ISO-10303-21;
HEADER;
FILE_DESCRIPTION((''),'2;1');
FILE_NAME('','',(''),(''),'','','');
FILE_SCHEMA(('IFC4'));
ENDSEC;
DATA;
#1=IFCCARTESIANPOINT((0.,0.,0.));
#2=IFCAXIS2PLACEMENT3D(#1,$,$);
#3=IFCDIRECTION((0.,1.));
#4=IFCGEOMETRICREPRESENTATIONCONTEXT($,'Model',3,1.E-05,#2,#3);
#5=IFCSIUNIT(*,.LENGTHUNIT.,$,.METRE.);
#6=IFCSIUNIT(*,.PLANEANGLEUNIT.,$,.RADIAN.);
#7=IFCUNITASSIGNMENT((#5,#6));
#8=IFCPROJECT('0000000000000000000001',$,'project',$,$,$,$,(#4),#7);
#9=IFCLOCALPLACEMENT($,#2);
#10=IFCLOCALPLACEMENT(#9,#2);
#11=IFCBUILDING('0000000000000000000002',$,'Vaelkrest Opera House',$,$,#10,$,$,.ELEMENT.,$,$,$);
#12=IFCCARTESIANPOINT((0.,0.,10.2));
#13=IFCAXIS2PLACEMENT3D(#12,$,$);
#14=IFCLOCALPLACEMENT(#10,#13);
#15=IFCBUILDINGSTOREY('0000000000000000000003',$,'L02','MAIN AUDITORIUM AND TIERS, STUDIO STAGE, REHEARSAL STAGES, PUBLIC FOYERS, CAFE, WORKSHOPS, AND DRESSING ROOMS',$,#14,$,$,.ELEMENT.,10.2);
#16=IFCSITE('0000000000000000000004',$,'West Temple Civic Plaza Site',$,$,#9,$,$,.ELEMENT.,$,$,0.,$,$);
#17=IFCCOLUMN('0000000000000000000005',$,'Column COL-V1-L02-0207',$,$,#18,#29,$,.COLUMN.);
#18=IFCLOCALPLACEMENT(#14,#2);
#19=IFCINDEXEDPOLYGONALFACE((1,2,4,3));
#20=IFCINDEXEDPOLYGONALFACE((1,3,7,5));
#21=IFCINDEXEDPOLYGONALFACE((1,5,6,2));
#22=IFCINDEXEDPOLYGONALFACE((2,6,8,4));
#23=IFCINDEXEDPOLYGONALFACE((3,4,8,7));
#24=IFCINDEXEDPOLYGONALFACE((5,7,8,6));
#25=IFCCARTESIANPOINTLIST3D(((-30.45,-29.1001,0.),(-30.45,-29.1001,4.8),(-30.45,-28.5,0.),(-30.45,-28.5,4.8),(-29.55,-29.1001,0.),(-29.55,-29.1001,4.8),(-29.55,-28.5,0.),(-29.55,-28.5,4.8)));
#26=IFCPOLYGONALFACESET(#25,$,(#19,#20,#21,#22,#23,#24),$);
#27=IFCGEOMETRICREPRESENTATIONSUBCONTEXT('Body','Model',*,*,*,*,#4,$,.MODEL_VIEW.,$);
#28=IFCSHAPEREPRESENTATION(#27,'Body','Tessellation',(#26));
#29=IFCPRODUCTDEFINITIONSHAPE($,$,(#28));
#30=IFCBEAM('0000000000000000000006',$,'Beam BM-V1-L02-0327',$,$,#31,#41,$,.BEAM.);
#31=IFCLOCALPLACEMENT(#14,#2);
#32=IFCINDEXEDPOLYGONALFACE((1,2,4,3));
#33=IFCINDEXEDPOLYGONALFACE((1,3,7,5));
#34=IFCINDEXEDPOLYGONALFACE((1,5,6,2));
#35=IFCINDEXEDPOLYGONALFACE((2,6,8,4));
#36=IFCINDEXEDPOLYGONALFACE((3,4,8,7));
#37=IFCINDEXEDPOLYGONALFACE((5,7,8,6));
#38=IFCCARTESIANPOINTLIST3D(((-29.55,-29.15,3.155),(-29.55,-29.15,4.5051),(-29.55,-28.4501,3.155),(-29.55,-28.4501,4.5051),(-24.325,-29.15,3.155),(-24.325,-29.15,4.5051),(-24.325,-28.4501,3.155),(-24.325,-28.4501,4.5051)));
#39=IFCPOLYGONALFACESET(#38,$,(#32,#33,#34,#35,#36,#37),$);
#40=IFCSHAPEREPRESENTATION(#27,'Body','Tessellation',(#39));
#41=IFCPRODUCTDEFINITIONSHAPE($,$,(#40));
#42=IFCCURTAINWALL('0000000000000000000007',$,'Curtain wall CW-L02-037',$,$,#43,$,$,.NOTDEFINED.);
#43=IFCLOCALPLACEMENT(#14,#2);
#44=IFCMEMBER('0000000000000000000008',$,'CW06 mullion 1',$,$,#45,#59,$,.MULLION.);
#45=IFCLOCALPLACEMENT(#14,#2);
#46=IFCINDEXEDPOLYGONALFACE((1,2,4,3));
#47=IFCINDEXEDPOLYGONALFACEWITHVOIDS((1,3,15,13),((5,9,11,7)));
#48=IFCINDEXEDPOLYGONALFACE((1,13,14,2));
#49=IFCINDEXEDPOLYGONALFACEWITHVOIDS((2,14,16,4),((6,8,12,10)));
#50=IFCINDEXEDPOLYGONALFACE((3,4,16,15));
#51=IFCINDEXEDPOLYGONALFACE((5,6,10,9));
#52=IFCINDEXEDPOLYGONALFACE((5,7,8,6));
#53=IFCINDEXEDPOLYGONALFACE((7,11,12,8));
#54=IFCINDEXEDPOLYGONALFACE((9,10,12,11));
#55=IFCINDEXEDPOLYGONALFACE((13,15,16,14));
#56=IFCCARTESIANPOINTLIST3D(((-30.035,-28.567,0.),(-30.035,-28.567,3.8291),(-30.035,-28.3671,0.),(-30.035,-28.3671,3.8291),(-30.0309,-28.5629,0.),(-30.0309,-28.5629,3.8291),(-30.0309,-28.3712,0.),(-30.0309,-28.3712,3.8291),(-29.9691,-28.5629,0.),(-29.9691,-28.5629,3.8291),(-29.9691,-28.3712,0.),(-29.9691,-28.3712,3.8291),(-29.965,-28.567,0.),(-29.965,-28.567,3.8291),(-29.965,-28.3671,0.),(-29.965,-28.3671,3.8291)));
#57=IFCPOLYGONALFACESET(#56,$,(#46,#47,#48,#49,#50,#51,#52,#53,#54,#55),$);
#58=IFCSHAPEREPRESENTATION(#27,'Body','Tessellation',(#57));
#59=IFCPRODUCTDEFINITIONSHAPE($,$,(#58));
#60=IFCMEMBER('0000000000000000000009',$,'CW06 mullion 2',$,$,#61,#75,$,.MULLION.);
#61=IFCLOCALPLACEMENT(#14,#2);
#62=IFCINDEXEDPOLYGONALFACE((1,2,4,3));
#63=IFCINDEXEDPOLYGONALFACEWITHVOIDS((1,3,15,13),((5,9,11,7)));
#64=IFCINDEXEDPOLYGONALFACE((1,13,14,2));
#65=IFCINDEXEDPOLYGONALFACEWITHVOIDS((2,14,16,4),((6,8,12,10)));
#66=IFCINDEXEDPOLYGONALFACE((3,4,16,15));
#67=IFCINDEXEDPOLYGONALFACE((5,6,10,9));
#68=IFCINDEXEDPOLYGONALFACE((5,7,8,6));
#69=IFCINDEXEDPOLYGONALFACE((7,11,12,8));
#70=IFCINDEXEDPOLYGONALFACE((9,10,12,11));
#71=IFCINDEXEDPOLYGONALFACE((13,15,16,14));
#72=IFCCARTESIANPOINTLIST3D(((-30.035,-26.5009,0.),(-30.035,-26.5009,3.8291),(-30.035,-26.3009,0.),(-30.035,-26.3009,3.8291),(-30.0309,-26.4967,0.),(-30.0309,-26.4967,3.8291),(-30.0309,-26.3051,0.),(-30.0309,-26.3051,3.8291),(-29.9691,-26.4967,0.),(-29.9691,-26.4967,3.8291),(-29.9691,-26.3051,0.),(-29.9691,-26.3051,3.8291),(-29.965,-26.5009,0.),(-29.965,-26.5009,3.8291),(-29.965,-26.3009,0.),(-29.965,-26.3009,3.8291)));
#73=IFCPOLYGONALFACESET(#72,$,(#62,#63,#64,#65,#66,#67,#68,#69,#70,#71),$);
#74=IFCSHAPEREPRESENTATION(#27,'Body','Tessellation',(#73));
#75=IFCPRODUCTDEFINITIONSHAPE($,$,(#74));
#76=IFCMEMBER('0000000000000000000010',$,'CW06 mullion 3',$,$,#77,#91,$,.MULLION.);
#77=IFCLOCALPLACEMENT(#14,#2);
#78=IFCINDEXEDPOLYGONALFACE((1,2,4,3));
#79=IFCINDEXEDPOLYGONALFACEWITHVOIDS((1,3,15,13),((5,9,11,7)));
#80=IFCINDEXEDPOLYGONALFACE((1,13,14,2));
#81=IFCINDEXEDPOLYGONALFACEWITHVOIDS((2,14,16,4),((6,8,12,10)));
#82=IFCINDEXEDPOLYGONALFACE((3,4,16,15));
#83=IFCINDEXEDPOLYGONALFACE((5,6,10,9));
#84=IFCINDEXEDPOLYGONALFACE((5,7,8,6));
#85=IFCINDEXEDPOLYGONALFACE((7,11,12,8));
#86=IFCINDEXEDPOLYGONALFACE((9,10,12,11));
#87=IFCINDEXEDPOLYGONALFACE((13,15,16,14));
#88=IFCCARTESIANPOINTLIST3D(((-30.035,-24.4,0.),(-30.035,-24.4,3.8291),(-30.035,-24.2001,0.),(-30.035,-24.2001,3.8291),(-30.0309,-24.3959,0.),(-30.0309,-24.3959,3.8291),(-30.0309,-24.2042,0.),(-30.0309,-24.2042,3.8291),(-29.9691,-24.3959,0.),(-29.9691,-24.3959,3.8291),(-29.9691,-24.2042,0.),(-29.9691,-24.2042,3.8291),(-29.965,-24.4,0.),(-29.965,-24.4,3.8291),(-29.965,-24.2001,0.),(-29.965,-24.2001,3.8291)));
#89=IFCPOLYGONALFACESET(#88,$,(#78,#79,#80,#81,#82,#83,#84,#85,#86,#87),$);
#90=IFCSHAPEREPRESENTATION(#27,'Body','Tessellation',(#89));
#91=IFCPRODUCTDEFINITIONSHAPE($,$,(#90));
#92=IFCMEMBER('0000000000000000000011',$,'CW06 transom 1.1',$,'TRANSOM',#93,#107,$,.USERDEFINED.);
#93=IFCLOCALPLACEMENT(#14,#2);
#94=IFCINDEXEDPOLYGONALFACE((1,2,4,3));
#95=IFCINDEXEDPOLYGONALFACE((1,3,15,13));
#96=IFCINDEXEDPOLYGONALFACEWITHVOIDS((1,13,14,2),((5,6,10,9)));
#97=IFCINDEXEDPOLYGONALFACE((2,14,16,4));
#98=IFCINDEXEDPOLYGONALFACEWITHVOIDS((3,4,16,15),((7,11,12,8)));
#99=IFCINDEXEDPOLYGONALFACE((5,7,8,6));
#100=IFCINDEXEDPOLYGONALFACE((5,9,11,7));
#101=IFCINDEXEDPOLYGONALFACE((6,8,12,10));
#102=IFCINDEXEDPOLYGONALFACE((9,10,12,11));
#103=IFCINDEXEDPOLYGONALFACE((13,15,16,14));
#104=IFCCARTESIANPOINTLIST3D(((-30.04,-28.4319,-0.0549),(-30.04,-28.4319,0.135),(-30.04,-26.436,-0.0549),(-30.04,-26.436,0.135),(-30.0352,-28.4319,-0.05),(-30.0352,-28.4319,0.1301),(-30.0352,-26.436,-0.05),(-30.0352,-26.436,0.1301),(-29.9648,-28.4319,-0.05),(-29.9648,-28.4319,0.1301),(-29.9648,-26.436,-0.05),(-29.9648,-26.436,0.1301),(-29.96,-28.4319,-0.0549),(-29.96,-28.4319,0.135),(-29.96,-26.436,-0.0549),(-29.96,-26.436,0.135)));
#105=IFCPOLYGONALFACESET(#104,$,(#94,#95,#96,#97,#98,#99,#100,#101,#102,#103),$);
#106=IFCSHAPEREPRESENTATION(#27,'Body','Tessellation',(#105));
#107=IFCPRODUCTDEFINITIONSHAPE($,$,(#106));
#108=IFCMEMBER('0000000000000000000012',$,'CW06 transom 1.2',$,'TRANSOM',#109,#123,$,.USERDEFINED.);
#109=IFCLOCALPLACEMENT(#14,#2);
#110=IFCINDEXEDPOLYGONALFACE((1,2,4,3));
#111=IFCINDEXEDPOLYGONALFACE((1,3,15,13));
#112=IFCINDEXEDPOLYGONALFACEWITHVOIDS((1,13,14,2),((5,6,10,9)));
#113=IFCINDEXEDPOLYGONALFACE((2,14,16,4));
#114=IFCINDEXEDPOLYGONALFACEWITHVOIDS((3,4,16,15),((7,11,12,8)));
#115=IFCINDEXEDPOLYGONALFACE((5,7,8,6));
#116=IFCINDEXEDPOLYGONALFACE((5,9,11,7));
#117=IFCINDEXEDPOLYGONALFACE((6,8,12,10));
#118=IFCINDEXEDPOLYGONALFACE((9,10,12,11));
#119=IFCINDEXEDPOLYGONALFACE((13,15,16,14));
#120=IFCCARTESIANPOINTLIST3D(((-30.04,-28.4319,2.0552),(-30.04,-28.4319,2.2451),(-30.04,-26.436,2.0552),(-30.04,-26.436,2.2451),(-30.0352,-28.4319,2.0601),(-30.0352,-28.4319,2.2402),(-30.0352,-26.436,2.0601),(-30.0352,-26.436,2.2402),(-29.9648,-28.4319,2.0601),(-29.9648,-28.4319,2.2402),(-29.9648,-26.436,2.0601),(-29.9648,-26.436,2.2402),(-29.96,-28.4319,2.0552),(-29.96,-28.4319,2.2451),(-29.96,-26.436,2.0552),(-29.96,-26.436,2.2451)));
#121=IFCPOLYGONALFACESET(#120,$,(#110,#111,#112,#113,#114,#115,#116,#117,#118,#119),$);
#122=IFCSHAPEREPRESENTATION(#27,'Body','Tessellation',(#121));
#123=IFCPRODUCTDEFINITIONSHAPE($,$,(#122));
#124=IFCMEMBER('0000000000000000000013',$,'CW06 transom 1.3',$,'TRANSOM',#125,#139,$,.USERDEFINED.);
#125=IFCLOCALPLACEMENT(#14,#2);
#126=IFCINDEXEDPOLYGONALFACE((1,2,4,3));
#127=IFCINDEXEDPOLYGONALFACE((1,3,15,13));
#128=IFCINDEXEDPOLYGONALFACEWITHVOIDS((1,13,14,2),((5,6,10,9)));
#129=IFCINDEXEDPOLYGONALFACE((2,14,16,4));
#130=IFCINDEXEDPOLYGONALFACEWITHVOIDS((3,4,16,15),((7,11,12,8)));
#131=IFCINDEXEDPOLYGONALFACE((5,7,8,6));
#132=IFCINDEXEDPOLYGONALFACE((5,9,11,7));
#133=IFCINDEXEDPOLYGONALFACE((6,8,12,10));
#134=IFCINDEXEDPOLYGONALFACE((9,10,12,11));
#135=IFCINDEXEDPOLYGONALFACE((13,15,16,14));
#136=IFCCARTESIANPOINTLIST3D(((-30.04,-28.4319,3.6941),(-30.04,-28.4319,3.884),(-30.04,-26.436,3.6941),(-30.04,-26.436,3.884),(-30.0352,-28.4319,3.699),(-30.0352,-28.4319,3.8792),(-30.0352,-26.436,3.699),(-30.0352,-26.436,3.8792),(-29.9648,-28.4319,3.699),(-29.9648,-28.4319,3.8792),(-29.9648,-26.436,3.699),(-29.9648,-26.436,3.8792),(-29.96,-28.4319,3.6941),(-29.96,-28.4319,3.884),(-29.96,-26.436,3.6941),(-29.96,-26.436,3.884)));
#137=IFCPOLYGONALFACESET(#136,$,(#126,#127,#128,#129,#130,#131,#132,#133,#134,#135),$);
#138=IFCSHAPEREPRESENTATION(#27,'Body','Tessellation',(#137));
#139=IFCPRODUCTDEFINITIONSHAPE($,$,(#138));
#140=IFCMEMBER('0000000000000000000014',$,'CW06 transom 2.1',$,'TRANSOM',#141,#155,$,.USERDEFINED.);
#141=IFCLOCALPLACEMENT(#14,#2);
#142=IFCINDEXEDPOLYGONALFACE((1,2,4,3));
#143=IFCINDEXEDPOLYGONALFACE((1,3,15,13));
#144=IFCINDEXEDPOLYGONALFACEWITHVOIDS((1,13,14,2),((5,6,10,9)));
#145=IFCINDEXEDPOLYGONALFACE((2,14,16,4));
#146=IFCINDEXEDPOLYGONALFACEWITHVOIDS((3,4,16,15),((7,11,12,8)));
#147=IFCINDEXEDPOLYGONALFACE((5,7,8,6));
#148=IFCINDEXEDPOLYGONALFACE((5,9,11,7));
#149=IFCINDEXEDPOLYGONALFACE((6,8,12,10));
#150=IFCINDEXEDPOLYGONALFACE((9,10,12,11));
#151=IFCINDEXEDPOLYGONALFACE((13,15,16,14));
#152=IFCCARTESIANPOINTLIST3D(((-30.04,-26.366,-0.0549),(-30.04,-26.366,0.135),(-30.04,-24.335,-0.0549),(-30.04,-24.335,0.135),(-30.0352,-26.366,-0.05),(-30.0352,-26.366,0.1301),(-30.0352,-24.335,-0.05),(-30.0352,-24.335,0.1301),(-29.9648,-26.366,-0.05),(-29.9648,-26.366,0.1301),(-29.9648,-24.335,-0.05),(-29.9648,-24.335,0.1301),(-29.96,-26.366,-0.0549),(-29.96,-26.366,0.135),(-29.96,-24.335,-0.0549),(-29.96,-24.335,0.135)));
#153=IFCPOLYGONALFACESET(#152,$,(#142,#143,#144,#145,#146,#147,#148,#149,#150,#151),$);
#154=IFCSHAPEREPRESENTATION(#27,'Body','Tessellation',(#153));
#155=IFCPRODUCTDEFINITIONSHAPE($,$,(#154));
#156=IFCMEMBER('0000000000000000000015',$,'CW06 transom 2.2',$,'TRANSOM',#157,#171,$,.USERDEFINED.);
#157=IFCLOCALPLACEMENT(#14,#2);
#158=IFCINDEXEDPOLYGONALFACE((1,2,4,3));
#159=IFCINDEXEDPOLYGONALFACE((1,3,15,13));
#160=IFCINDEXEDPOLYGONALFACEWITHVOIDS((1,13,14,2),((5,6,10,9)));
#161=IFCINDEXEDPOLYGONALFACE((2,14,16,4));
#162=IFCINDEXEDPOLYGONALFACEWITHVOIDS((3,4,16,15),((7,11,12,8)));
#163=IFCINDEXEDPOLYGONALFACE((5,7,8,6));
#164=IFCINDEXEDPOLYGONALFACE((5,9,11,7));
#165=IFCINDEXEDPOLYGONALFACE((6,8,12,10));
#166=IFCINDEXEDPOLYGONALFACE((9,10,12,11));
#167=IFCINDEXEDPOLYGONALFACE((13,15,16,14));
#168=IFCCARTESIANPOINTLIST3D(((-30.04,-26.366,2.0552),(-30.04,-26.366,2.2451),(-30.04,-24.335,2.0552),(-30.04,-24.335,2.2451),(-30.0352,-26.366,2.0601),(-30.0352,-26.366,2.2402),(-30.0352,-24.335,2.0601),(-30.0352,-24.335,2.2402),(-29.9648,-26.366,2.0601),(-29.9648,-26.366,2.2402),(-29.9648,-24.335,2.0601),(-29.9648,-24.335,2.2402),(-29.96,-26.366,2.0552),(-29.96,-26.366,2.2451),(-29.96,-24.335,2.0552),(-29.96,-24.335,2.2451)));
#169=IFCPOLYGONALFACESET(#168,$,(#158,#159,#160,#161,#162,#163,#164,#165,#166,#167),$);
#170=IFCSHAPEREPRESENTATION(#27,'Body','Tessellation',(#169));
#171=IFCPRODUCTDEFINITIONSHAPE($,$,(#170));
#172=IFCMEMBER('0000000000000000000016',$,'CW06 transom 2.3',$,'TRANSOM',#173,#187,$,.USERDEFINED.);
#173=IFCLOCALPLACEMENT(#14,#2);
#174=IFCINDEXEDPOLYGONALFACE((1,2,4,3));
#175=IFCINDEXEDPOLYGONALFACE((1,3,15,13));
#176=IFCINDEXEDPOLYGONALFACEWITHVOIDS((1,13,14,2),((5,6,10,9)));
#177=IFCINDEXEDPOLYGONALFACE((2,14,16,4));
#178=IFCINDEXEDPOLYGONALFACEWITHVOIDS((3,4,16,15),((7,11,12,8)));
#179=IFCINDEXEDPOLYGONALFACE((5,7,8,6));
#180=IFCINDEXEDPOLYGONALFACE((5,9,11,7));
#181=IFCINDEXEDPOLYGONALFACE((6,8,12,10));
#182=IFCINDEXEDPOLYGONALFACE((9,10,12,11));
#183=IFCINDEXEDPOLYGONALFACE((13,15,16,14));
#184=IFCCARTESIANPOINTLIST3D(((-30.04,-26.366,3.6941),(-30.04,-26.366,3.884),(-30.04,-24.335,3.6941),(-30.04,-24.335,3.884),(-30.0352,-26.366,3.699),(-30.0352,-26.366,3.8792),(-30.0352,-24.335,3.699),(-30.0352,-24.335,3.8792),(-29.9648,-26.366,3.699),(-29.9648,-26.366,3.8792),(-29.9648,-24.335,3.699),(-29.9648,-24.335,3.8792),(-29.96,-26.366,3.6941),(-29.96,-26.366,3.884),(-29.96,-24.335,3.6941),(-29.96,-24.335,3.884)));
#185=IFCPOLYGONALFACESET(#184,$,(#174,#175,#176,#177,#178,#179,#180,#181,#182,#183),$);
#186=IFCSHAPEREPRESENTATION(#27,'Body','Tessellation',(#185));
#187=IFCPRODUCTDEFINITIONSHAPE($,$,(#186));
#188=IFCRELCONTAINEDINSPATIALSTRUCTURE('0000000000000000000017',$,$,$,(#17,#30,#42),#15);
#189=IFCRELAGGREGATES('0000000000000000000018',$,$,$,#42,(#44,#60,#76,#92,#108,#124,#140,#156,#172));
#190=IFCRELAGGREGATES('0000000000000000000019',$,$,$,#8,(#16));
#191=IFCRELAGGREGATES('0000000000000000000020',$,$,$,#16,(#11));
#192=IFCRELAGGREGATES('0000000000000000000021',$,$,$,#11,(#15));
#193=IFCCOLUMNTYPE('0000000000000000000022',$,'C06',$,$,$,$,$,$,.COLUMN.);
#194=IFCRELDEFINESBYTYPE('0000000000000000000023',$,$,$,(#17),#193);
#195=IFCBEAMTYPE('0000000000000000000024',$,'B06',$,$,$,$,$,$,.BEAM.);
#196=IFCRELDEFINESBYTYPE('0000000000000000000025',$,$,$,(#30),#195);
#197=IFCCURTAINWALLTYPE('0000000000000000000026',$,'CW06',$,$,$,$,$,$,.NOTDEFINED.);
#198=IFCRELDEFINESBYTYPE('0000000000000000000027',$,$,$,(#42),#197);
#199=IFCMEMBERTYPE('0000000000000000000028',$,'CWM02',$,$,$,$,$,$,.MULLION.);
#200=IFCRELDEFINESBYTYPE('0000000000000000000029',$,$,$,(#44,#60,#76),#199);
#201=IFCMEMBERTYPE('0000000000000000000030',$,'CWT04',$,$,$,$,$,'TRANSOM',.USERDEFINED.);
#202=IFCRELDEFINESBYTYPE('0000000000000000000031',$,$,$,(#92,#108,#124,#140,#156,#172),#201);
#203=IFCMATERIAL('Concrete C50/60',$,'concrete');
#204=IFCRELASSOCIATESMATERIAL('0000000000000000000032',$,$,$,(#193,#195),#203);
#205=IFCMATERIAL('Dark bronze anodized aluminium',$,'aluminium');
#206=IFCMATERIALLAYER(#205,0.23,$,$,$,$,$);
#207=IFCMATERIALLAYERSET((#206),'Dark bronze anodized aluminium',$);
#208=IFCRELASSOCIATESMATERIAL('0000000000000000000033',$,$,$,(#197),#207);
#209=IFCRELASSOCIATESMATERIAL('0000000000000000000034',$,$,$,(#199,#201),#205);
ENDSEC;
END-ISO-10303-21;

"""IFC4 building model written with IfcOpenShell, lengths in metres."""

from ifc_helpers import new_model, si_unit, direction, frame, origin, origin_2d, place, context, subcontext, project, spatial, rectangle, hollow_rectangle, extrude, material, layer, layer_set, material_profile, profile_set, type_object, element, aggregate, save


model = new_model("IFC4")

# Units and contexts
model_context = context("Model", 3, precision=1e-05, world=origin(), true_north=direction((0.0, 1.0)))
body_context = subcontext(model_context, "Body", "Model", "MODEL_VIEW")
ifc_project = project(units=[si_unit("LENGTHUNIT", "METRE"), si_unit("PLANEANGLEUNIT", "RADIAN")], contexts=[model_context])

# Site, building, storey
site_placement = place(None, origin())
site = spatial("IfcSite", under=ifc_project, at=site_placement, Name="West Temple Civic Plaza Site", CompositionType="ELEMENT", RefElevation=0.0)
building_placement = place(site_placement, origin())
building = spatial("IfcBuilding", under=site, at=building_placement, Name="Vaelkrest Opera House", CompositionType="ELEMENT")
storey_placement = place(building_placement, frame((0.0, 0.0, 10.2)))
storey = spatial("IfcBuildingStorey", under=building, at=storey_placement, Name="L02", Description="MAIN AUDITORIUM AND TIERS, STUDIO STAGE, REHEARSAL STAGES, PUBLIC FOYERS, CAFE, WORKSHOPS, AND DRESSING ROOMS", CompositionType="ELEMENT", Elevation=10.2)

# Column
ifc_material_1 = material(Name="Concrete C50/60", Category="concrete")
ifc_material_profile_1 = material_profile(ifc_material_1, rectangle(XDim=0.6001, YDim=0.8999, at=origin_2d()), Name="RC600X900")
ifc_profile_set_1 = profile_set([ifc_material_profile_1], Name="Concrete C50/60")
column_type = type_object("IfcColumnType", Name="C06", PredefinedType="COLUMN", material=ifc_profile_set_1)
column_placement = place(storey_placement, frame((-30.0, -28.8, 0.0), z_axis=(0.0, 0.0, 1.0), x_axis=(0.0, 1.0, 0.0)))
element("IfcColumn", 1, at=column_placement, inside=storey, type_object=column_type, Name="Column COL-V1-L02-0207", PredefinedType="COLUMN", context=body_context, shape_type="SweptSolid", body=[
    extrude(rectangle(XDim=0.6001, YDim=0.8999, at=origin_2d()), origin(), (0.0, 0.0, 1.0), 4.8),
])

# Beam
ifc_material_profile_2 = material_profile(ifc_material_1, rectangle(XDim=0.7, YDim=1.3501, at=origin_2d()), Name="RCB700X1350")
ifc_profile_set_2 = profile_set([ifc_material_profile_2], Name="Concrete C50/60")
beam_type_1 = type_object("IfcBeamType", Name="B06", PredefinedType="BEAM", material=ifc_profile_set_2)
beam_1_placement = place(storey_placement, frame((-29.55, -28.8, 3.8301), z_axis=(1.0, 0.0, 0.0), x_axis=(0.0, 1.0, 0.0)))
element("IfcBeam", 2, at=beam_1_placement, inside=storey, type_object=beam_type_1, Name="Beam BM-V1-L02-0327", PredefinedType="BEAM", context=body_context, shape_type="SweptSolid", body=[
    extrude(rectangle(XDim=0.7, YDim=1.3501, at=origin_2d()), origin(), (0.0, 0.0, 1.0), 5.2251),
])

# Curtain wall, members
ifc_material_2 = material(Name="Dark bronze anodized aluminium", Category="aluminium")
ifc_layer_1 = layer(ifc_material_2, 0.23)
ifc_layer_set_1 = layer_set([ifc_layer_1], Name="Dark bronze anodized aluminium")
curtain_wall_type = type_object("IfcCurtainWallType", Name="CW06", PredefinedType="NOTDEFINED", material=ifc_layer_set_1)
curtain_wall_placement = place(storey_placement, origin())
curtain_wall = element("IfcCurtainWall", 3, at=curtain_wall_placement, inside=storey, type_object=curtain_wall_type, Name="Curtain wall CW-L02-037", PredefinedType="NOTDEFINED")
ifc_material_profile_3 = material_profile(ifc_material_2, hollow_rectangle(XDim=0.0701, YDim=0.2, WallThickness=0.0042, at=origin_2d()), Name="CWM70X200")
ifc_profile_set_3 = profile_set([ifc_material_profile_3], Name="Dark bronze anodized aluminium")
member_type_1 = type_object("IfcMemberType", Name="CWM02", PredefinedType="MULLION", material=ifc_profile_set_3)
member_1_placement = place(storey_placement, frame((-30.0, -28.467, 0.0), z_axis=(0.0, 0.0, 1.0), x_axis=(-1.0, 0.0, 0.0)))
member_1 = element("IfcMember", 4, at=member_1_placement, type_object=member_type_1, Name="CW06 mullion 1", PredefinedType="MULLION", context=body_context, shape_type="SweptSolid", body=[
    extrude(hollow_rectangle(XDim=0.0701, YDim=0.2, WallThickness=0.0042, at=origin_2d()), origin(), (0.0, 0.0, 1.0), 3.8291),
])
member_2_placement = place(storey_placement, frame((-30.0, -26.4009, 0.0), z_axis=(0.0, 0.0, 1.0), x_axis=(-1.0, 0.0, 0.0)))
member_2 = element("IfcMember", 5, at=member_2_placement, type_object=member_type_1, Name="CW06 mullion 2", PredefinedType="MULLION", context=body_context, shape_type="SweptSolid", body=[
    extrude(hollow_rectangle(XDim=0.0701, YDim=0.2, WallThickness=0.0042, at=origin_2d()), origin(), (0.0, 0.0, 1.0), 3.8291),
])
member_3_placement = place(storey_placement, frame((-30.0, -24.3, 0.0), z_axis=(0.0, 0.0, 1.0), x_axis=(-1.0, 0.0, 0.0)))
member_3 = element("IfcMember", 6, at=member_3_placement, type_object=member_type_1, Name="CW06 mullion 3", PredefinedType="MULLION", context=body_context, shape_type="SweptSolid", body=[
    extrude(hollow_rectangle(XDim=0.0701, YDim=0.2, WallThickness=0.0042, at=origin_2d()), origin(), (0.0, 0.0, 1.0), 3.8291),
])
ifc_material_profile_4 = material_profile(ifc_material_2, hollow_rectangle(XDim=0.0801, YDim=0.1899, WallThickness=0.0049, at=origin_2d()), Name="CWT80X190")
ifc_profile_set_4 = profile_set([ifc_material_profile_4], Name="Dark bronze anodized aluminium")
member_type_2 = type_object("IfcMemberType", Name="CWT04", ElementType="TRANSOM", PredefinedType="USERDEFINED", material=ifc_profile_set_4)
member_4_placement = place(storey_placement, frame((-30.0, -28.4319, 0.04), z_axis=(0.0, 1.0, 0.0), x_axis=(-1.0, 0.0, 0.0)))
member_4 = element("IfcMember", 7, at=member_4_placement, type_object=member_type_2, Name="CW06 transom 1.1", ObjectType="TRANSOM", PredefinedType="USERDEFINED", context=body_context, shape_type="SweptSolid", body=[
    extrude(hollow_rectangle(XDim=0.0801, YDim=0.1899, WallThickness=0.0049, at=origin_2d()), origin(), (0.0, 0.0, 1.0), 1.9958),
])
member_5_placement = place(storey_placement, frame((-30.0, -28.4319, 2.1501), z_axis=(0.0, 1.0, 0.0), x_axis=(-1.0, 0.0, 0.0)))
member_5 = element("IfcMember", 8, at=member_5_placement, type_object=member_type_2, Name="CW06 transom 1.2", ObjectType="TRANSOM", PredefinedType="USERDEFINED", context=body_context, shape_type="SweptSolid", body=[
    extrude(hollow_rectangle(XDim=0.0801, YDim=0.1899, WallThickness=0.0049, at=origin_2d()), origin(), (0.0, 0.0, 1.0), 1.9958),
])
member_6_placement = place(storey_placement, frame((-30.0, -28.4319, 3.7891), z_axis=(0.0, 1.0, 0.0), x_axis=(-1.0, 0.0, 0.0)))
member_6 = element("IfcMember", 9, at=member_6_placement, type_object=member_type_2, Name="CW06 transom 1.3", ObjectType="TRANSOM", PredefinedType="USERDEFINED", context=body_context, shape_type="SweptSolid", body=[
    extrude(hollow_rectangle(XDim=0.0801, YDim=0.1899, WallThickness=0.0049, at=origin_2d()), origin(), (0.0, 0.0, 1.0), 1.9958),
])
member_7_placement = place(storey_placement, frame((-30.0, -26.366, 0.04), z_axis=(0.0, 1.0, 0.0), x_axis=(-1.0, 0.0, 0.0)))
member_7 = element("IfcMember", 10, at=member_7_placement, type_object=member_type_2, Name="CW06 transom 2.1", ObjectType="TRANSOM", PredefinedType="USERDEFINED", context=body_context, shape_type="SweptSolid", body=[
    extrude(hollow_rectangle(XDim=0.0801, YDim=0.1899, WallThickness=0.0049, at=origin_2d()), origin(), (0.0, 0.0, 1.0), 2.031),
])
member_8_placement = place(storey_placement, frame((-30.0, -26.366, 2.1501), z_axis=(0.0, 1.0, 0.0), x_axis=(-1.0, 0.0, 0.0)))
member_8 = element("IfcMember", 11, at=member_8_placement, type_object=member_type_2, Name="CW06 transom 2.2", ObjectType="TRANSOM", PredefinedType="USERDEFINED", context=body_context, shape_type="SweptSolid", body=[
    extrude(hollow_rectangle(XDim=0.0801, YDim=0.1899, WallThickness=0.0049, at=origin_2d()), origin(), (0.0, 0.0, 1.0), 2.031),
])
member_9_placement = place(storey_placement, frame((-30.0, -26.366, 3.7891), z_axis=(0.0, 1.0, 0.0), x_axis=(-1.0, 0.0, 0.0)))
member_9 = element("IfcMember", 12, at=member_9_placement, type_object=member_type_2, Name="CW06 transom 2.3", ObjectType="TRANSOM", PredefinedType="USERDEFINED", context=body_context, shape_type="SweptSolid", body=[
    extrude(hollow_rectangle(XDim=0.0801, YDim=0.1899, WallThickness=0.0049, at=origin_2d()), origin(), (0.0, 0.0, 1.0), 2.031),
])

aggregate(curtain_wall, [member_1, member_2, member_3, member_4, member_5, member_6, member_7, member_8, member_9])

save(model, "model.ifc")
